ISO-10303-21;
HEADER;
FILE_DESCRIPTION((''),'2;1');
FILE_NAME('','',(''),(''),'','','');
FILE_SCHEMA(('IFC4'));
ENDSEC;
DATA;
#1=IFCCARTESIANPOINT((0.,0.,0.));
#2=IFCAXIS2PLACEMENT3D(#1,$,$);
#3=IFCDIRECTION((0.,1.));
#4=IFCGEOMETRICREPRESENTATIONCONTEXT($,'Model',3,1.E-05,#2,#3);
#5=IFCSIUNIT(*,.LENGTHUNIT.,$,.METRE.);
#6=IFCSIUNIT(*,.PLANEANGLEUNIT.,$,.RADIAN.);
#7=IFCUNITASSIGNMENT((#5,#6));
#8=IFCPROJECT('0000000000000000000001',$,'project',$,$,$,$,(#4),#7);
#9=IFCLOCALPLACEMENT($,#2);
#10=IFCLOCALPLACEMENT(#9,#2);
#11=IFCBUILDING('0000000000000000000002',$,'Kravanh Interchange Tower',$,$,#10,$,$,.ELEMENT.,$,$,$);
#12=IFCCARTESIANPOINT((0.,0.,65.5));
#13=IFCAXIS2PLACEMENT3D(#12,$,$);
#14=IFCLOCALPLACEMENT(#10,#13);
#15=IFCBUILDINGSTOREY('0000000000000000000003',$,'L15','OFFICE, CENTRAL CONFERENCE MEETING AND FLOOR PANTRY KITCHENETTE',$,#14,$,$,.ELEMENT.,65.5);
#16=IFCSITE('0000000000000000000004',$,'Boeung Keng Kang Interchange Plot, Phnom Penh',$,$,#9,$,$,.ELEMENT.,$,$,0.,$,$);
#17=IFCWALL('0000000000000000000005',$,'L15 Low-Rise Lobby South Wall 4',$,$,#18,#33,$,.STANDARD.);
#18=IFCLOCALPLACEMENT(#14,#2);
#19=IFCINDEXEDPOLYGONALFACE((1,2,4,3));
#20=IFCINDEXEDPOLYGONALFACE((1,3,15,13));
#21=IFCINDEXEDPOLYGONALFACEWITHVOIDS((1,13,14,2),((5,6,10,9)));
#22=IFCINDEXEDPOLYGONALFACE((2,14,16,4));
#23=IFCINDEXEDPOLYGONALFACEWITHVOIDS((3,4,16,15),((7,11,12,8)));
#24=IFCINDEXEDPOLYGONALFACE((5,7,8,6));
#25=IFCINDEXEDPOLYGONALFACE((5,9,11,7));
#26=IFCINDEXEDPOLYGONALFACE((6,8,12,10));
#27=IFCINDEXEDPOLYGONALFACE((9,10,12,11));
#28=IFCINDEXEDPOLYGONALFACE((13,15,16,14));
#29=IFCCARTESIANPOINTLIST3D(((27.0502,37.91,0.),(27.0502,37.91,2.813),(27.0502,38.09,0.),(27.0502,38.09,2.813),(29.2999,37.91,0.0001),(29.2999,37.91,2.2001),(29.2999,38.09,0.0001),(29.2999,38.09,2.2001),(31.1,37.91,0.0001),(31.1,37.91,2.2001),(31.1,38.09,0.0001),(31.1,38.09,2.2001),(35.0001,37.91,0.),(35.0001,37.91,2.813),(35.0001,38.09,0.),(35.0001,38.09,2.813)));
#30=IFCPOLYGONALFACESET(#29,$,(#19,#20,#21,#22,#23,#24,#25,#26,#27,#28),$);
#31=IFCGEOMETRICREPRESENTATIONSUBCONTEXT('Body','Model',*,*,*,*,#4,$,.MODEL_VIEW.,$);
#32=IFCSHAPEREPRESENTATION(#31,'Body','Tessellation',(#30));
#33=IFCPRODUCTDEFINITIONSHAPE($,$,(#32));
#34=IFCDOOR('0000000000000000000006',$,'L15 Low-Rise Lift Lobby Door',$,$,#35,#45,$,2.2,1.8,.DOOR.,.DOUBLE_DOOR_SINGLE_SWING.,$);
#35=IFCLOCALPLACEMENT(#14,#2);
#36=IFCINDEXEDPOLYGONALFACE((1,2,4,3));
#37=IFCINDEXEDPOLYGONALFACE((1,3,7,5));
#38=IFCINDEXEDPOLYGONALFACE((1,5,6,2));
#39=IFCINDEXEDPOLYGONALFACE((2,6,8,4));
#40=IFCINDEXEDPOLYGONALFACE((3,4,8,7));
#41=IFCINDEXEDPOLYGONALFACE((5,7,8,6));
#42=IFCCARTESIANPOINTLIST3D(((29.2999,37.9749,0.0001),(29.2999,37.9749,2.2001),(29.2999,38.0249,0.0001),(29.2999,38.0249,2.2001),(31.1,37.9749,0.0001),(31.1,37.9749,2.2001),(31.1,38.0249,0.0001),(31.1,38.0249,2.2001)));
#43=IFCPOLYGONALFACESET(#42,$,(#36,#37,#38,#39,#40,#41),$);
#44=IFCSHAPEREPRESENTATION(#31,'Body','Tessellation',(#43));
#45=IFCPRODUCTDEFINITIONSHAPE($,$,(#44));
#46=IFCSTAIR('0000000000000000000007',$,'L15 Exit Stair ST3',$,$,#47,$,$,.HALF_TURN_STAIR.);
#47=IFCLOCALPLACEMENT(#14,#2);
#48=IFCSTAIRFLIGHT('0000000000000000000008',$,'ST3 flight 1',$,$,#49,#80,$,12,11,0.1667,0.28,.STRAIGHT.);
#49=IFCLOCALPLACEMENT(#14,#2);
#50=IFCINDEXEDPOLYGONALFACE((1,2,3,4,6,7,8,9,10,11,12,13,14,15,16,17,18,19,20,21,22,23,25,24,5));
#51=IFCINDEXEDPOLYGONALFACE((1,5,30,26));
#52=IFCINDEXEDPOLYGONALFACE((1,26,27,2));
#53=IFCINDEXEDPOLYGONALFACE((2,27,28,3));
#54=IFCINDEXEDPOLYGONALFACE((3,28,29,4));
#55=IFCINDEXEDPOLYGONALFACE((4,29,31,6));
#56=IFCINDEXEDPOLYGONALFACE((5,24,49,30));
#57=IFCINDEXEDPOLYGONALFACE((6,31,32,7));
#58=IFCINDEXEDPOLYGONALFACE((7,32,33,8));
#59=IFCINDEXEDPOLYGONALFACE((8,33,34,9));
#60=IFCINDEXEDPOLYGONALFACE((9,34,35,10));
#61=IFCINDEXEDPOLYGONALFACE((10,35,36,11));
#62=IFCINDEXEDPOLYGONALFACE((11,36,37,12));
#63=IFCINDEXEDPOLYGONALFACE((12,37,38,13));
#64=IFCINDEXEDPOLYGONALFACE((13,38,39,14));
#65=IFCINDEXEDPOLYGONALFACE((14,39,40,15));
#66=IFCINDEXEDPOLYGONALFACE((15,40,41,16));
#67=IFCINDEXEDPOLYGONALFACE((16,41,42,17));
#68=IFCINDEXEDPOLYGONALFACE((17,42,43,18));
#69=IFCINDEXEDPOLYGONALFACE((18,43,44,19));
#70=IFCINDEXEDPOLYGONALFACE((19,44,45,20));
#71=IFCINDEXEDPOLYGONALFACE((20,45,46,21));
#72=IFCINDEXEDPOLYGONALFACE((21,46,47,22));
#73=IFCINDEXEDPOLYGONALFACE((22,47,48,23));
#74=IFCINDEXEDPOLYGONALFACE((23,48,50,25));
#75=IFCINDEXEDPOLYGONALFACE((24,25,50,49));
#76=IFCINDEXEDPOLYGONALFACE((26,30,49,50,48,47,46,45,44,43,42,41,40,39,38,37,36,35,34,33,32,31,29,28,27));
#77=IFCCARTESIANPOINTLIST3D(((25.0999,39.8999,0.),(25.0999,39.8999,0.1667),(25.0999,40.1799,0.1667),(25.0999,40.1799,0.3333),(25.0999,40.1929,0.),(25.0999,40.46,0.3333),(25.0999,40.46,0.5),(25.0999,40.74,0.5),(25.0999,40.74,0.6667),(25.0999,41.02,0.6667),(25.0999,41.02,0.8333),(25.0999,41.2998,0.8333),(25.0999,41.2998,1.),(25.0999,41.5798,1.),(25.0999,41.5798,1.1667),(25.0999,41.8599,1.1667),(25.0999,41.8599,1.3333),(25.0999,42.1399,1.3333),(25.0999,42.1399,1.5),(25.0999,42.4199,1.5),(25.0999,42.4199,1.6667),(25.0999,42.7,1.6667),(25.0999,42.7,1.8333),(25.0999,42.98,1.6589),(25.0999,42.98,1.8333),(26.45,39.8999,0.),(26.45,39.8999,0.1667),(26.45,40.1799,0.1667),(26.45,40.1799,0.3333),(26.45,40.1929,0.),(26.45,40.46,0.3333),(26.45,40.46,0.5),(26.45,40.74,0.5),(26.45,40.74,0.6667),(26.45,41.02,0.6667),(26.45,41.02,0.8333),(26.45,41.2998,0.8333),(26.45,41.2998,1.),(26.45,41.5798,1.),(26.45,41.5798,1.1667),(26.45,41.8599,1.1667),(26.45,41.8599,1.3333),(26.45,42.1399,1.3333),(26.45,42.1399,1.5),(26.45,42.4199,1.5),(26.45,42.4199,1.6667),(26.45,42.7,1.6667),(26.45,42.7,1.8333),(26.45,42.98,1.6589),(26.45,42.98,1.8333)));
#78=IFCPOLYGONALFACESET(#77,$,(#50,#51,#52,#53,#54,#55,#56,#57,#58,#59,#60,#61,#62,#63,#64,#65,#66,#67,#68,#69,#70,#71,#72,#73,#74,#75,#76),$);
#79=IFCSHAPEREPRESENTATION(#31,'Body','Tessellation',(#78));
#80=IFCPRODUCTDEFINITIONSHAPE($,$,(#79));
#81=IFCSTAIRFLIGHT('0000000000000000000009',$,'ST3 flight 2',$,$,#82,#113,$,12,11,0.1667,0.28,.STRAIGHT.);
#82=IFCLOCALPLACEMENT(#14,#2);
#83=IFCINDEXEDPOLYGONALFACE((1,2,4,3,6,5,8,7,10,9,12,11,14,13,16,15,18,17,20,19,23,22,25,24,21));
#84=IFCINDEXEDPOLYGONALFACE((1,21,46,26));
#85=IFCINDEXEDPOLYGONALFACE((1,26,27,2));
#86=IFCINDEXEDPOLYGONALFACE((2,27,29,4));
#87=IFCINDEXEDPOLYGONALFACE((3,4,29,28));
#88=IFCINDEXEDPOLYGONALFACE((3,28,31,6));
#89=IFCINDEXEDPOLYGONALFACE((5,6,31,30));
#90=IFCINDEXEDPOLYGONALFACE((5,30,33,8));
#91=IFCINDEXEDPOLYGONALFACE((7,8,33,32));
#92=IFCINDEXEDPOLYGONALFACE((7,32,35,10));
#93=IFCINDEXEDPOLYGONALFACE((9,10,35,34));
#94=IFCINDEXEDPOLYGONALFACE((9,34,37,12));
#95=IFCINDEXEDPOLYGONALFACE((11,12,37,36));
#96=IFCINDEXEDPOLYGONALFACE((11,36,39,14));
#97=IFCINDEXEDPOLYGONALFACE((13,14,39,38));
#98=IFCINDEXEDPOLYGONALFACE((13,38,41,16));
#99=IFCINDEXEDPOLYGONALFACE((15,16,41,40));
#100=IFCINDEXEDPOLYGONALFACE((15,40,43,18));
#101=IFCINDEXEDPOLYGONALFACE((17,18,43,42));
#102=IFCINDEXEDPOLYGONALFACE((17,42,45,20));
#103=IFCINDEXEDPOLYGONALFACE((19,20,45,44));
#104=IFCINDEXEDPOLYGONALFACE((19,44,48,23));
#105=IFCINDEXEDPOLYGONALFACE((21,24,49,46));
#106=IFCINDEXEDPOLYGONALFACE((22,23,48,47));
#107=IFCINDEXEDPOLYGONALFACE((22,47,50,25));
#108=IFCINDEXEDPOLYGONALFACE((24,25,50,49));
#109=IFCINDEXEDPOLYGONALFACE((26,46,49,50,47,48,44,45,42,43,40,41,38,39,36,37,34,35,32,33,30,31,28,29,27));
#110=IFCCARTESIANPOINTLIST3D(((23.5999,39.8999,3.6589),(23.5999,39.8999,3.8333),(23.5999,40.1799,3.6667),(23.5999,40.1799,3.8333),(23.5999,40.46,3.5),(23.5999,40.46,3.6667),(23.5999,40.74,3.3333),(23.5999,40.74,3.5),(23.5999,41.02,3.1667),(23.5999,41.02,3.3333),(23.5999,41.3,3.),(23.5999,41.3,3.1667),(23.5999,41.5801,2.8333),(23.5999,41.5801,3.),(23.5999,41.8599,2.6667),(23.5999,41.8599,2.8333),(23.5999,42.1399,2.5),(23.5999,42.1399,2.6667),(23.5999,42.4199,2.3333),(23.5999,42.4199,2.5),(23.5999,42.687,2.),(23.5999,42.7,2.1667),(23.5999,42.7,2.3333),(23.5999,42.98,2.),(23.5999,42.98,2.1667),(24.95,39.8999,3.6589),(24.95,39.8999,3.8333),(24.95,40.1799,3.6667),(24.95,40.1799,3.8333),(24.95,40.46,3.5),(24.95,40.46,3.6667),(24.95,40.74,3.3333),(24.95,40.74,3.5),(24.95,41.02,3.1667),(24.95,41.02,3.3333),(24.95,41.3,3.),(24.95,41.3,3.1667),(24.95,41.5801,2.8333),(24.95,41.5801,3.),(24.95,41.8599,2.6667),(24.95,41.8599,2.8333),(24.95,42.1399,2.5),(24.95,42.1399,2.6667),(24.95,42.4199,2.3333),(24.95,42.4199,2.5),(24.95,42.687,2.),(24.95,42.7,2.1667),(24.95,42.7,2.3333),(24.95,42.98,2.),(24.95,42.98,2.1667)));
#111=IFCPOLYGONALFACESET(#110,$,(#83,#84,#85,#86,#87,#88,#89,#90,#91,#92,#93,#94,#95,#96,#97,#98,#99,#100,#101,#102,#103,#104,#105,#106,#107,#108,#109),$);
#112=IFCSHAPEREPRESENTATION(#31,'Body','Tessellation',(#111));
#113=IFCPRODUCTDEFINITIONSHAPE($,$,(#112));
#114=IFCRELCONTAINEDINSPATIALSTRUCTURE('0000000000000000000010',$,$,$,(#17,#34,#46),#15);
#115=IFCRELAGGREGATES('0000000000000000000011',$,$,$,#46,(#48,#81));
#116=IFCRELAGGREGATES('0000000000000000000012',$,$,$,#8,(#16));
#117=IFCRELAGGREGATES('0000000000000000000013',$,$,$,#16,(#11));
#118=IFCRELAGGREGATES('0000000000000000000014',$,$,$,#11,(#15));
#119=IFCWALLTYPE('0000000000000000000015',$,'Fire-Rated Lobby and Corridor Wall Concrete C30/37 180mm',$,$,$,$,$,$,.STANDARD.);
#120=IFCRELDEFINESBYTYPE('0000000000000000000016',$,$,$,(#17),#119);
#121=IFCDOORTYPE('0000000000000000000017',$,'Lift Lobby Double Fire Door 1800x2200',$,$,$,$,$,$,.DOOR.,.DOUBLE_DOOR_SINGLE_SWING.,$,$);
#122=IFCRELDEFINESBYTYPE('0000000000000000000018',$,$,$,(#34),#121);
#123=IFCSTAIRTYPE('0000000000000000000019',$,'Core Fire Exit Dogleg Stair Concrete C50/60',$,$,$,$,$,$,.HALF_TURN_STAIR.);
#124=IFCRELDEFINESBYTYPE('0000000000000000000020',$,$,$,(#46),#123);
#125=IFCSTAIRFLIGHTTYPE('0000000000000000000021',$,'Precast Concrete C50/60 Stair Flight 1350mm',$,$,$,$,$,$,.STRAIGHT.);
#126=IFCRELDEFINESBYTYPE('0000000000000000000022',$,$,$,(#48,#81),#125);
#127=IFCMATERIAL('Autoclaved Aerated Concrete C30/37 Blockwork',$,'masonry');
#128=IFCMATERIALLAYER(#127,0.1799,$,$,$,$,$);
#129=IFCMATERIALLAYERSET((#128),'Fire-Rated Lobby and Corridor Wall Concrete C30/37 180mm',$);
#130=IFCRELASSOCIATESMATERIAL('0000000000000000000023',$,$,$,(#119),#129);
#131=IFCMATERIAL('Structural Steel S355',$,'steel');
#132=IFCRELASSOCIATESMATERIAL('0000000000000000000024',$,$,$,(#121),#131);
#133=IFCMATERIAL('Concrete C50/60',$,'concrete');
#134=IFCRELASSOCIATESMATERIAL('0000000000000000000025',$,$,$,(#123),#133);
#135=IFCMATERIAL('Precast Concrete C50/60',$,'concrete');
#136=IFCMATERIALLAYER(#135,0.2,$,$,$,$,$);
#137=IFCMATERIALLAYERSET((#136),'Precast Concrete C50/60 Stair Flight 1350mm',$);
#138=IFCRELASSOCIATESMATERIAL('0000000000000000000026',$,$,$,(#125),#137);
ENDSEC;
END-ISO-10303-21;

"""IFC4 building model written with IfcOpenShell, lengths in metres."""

from ifc_helpers import new_model, si_unit, direction, frame, frame_2d, origin, place, context, subcontext, project, spatial, polyline, rectangle, outline, extrude, material, layer, layer_set, type_object, element, fill, aggregate, save


model = new_model("IFC4")

# Units and contexts
model_context = context("Model", 3, precision=1e-05, world=origin(), true_north=direction((0.0, 1.0)))
body_context = subcontext(model_context, "Body", "Model", "MODEL_VIEW")
ifc_project = project(units=[si_unit("LENGTHUNIT", "METRE"), si_unit("PLANEANGLEUNIT", "RADIAN")], contexts=[model_context])

# Site, building, storey
site_placement = place(None, origin())
site = spatial("IfcSite", under=ifc_project, at=site_placement, Name="Boeung Keng Kang Interchange Plot, Phnom Penh", CompositionType="ELEMENT", RefElevation=0.0)
building_placement = place(site_placement, origin())
building = spatial("IfcBuilding", under=site, at=building_placement, Name="Kravanh Interchange Tower", CompositionType="ELEMENT")
storey_placement = place(building_placement, frame((0.0, 0.0, 65.5)))
storey = spatial("IfcBuildingStorey", under=building, at=storey_placement, Name="L15", Description="OFFICE, CENTRAL CONFERENCE MEETING AND FLOOR PANTRY KITCHENETTE", CompositionType="ELEMENT", Elevation=65.5)

# Wall, opening, door
ifc_material_1 = material(Name="Autoclaved Aerated Concrete C30/37 Blockwork", Category="masonry")
ifc_layer_1 = layer(ifc_material_1, 0.1799)
ifc_layer_set_1 = layer_set([ifc_layer_1], Name="Fire-Rated Lobby and Corridor Wall Concrete C30/37 180mm")
wall_type_1 = type_object("IfcWallType", Name="Fire-Rated Lobby and Corridor Wall Concrete C30/37 180mm", PredefinedType="STANDARD", material=ifc_layer_set_1)
wall_1_placement = place(storey_placement, frame((27.05, 38.0, 0.0), z_axis=(0.0, 0.0, 1.0), x_axis=(1.0, 0.0, 0.0)))
wall_1 = element("IfcWall", 1, at=wall_1_placement, inside=storey, type_object=wall_type_1, Name="L15 Low-Rise Lobby South Wall 4", PredefinedType="STANDARD", context=body_context, shape_type="SweptSolid", body=[
    extrude(rectangle(XDim=7.95, YDim=0.1799, at=frame_2d((3.9751, 0.0))), origin(), (0.0, 0.0, 1.0), 2.813),
])
opening_1_placement = place(wall_1_placement, frame((2.25, 0.0, 0.0)))
opening_1 = element("IfcOpeningElement", 2, at=opening_1_placement, cuts=wall_1, PredefinedType="OPENING", context=body_context, shape_type="SweptSolid", body=[
    extrude(rectangle(XDim=1.8, YDim=2.2, at=frame_2d((0.8999, 1.1001))), frame((0.0, 0.1001, 0.0), z_axis=(0.0, -1.0, 0.0), x_axis=(1.0, 0.0, 0.0)), (0.0, 0.0, 1.0), 0.2),
])
ifc_material_2 = material(Name="Structural Steel S355", Category="steel")
door_type_1 = type_object("IfcDoorType", Name="Lift Lobby Double Fire Door 1800x2200", OperationType="DOUBLE_DOOR_SINGLE_SWING", PredefinedType="DOOR", material=ifc_material_2)
door_1_placement = place(opening_1_placement, origin())
door_1 = element("IfcDoor", 3, at=door_1_placement, inside=storey, type_object=door_type_1, Name="L15 Low-Rise Lift Lobby Door", OperationType="DOUBLE_DOOR_SINGLE_SWING", OverallHeight=2.2, OverallWidth=1.8, PredefinedType="DOOR", context=body_context, shape_type="SweptSolid", body=[
    extrude(rectangle(XDim=1.8, YDim=2.2, at=frame_2d((0.8999, 1.1001))), frame((0.0, 0.0249, 0.0), z_axis=(0.0, -1.0, 0.0), x_axis=(1.0, 0.0, 0.0)), (0.0, 0.0, 1.0), 0.05),
])
fill(opening_1, door_1)

# Stair, stair flights
ifc_material_3 = material(Name="Concrete C50/60", Category="concrete")
stair_type = type_object("IfcStairType", Name="Core Fire Exit Dogleg Stair Concrete C50/60", PredefinedType="HALF_TURN_STAIR", material=ifc_material_3)
stair_placement = place(storey_placement, origin())
stair = element("IfcStair", 4, at=stair_placement, inside=storey, type_object=stair_type, Name="L15 Exit Stair ST3", PredefinedType="HALF_TURN_STAIR")
ifc_material_4 = material(Name="Precast Concrete C50/60", Category="concrete")
ifc_layer_2 = layer(ifc_material_4, 0.2)
ifc_layer_set_2 = layer_set([ifc_layer_2], Name="Precast Concrete C50/60 Stair Flight 1350mm")
stair_flight_type = type_object("IfcStairFlightType", Name="Precast Concrete C50/60 Stair Flight 1350mm", PredefinedType="STRAIGHT", material=ifc_layer_set_2)
stair_flight_1_placement = place(storey_placement, frame((25.7749, 39.8999, 0.0), z_axis=(0.0, 0.0, 1.0), x_axis=(0.0, 1.0, 0.0)))
stair_flight_1 = element("IfcStairFlight", 5, at=stair_flight_1_placement, type_object=stair_flight_type, Name="ST3 flight 1", NumberOfRisers=12, NumberOfTreads=11, PredefinedType="STRAIGHT", RiserHeight=0.1667, TreadLength=0.28, context=body_context, shape_type="SweptSolid", body=[
    extrude(outline(polyline([(0.0, 0.0), (0.0, 0.1667), (0.28, 0.1667), (0.28, 0.3333), (0.5601, 0.3333), (0.5601, 0.5), (0.8401, 0.5), (0.8401, 0.6667), (1.1201, 0.6667), (1.1201, 0.8333), (1.3999, 0.8333), (1.3999, 1.0), (1.6799, 1.0), (1.6799, 1.1667), (1.96, 1.1667), (1.96, 1.3333), (2.24, 1.3333), (2.24, 1.5), (2.52, 1.5), (2.52, 1.6667), (2.8, 1.6667), (2.8, 1.8333), (3.0801, 1.8333), (3.0801, 2.0), (3.0801, 1.6589), (0.293, 0.0), (0.0, 0.0)])), frame((0.0, 0.675, 0.0), z_axis=(0.0, -1.0, 0.0), x_axis=(1.0, 0.0, 0.0)), (0.0, 0.0, 1.0), 1.3501),
])
stair_flight_2_placement = place(storey_placement, frame((24.2749, 42.98, 2.0), z_axis=(0.0, 0.0, 1.0), x_axis=(0.0, -1.0, 0.0)))
stair_flight_2 = element("IfcStairFlight", 6, at=stair_flight_2_placement, type_object=stair_flight_type, Name="ST3 flight 2", NumberOfRisers=12, NumberOfTreads=11, PredefinedType="STRAIGHT", RiserHeight=0.1667, TreadLength=0.28, context=body_context, shape_type="SweptSolid", body=[
    extrude(outline(polyline([(0.0, 0.0), (0.0, 0.1667), (0.28, 0.1667), (0.28, 0.3333), (0.5601, 0.3333), (0.5601, 0.5), (0.8401, 0.5), (0.8401, 0.6667), (1.1201, 0.6667), (1.1201, 0.8333), (1.3999, 0.8333), (1.3999, 1.0), (1.6799, 1.0), (1.6799, 1.1667), (1.96, 1.1667), (1.96, 1.3333), (2.24, 1.3333), (2.24, 1.5), (2.52, 1.5), (2.52, 1.6667), (2.8, 1.6667), (2.8, 1.8333), (3.0801, 1.8333), (3.0801, 2.0), (3.0801, 1.6589), (0.293, 0.0), (0.0, 0.0)])), frame((0.0, 0.675, 0.0), z_axis=(0.0, -1.0, 0.0), x_axis=(1.0, 0.0, 0.0)), (0.0, 0.0, 1.0), 1.3501),
])
aggregate(stair, [stair_flight_1, stair_flight_2])

save(model, "model.ifc")
